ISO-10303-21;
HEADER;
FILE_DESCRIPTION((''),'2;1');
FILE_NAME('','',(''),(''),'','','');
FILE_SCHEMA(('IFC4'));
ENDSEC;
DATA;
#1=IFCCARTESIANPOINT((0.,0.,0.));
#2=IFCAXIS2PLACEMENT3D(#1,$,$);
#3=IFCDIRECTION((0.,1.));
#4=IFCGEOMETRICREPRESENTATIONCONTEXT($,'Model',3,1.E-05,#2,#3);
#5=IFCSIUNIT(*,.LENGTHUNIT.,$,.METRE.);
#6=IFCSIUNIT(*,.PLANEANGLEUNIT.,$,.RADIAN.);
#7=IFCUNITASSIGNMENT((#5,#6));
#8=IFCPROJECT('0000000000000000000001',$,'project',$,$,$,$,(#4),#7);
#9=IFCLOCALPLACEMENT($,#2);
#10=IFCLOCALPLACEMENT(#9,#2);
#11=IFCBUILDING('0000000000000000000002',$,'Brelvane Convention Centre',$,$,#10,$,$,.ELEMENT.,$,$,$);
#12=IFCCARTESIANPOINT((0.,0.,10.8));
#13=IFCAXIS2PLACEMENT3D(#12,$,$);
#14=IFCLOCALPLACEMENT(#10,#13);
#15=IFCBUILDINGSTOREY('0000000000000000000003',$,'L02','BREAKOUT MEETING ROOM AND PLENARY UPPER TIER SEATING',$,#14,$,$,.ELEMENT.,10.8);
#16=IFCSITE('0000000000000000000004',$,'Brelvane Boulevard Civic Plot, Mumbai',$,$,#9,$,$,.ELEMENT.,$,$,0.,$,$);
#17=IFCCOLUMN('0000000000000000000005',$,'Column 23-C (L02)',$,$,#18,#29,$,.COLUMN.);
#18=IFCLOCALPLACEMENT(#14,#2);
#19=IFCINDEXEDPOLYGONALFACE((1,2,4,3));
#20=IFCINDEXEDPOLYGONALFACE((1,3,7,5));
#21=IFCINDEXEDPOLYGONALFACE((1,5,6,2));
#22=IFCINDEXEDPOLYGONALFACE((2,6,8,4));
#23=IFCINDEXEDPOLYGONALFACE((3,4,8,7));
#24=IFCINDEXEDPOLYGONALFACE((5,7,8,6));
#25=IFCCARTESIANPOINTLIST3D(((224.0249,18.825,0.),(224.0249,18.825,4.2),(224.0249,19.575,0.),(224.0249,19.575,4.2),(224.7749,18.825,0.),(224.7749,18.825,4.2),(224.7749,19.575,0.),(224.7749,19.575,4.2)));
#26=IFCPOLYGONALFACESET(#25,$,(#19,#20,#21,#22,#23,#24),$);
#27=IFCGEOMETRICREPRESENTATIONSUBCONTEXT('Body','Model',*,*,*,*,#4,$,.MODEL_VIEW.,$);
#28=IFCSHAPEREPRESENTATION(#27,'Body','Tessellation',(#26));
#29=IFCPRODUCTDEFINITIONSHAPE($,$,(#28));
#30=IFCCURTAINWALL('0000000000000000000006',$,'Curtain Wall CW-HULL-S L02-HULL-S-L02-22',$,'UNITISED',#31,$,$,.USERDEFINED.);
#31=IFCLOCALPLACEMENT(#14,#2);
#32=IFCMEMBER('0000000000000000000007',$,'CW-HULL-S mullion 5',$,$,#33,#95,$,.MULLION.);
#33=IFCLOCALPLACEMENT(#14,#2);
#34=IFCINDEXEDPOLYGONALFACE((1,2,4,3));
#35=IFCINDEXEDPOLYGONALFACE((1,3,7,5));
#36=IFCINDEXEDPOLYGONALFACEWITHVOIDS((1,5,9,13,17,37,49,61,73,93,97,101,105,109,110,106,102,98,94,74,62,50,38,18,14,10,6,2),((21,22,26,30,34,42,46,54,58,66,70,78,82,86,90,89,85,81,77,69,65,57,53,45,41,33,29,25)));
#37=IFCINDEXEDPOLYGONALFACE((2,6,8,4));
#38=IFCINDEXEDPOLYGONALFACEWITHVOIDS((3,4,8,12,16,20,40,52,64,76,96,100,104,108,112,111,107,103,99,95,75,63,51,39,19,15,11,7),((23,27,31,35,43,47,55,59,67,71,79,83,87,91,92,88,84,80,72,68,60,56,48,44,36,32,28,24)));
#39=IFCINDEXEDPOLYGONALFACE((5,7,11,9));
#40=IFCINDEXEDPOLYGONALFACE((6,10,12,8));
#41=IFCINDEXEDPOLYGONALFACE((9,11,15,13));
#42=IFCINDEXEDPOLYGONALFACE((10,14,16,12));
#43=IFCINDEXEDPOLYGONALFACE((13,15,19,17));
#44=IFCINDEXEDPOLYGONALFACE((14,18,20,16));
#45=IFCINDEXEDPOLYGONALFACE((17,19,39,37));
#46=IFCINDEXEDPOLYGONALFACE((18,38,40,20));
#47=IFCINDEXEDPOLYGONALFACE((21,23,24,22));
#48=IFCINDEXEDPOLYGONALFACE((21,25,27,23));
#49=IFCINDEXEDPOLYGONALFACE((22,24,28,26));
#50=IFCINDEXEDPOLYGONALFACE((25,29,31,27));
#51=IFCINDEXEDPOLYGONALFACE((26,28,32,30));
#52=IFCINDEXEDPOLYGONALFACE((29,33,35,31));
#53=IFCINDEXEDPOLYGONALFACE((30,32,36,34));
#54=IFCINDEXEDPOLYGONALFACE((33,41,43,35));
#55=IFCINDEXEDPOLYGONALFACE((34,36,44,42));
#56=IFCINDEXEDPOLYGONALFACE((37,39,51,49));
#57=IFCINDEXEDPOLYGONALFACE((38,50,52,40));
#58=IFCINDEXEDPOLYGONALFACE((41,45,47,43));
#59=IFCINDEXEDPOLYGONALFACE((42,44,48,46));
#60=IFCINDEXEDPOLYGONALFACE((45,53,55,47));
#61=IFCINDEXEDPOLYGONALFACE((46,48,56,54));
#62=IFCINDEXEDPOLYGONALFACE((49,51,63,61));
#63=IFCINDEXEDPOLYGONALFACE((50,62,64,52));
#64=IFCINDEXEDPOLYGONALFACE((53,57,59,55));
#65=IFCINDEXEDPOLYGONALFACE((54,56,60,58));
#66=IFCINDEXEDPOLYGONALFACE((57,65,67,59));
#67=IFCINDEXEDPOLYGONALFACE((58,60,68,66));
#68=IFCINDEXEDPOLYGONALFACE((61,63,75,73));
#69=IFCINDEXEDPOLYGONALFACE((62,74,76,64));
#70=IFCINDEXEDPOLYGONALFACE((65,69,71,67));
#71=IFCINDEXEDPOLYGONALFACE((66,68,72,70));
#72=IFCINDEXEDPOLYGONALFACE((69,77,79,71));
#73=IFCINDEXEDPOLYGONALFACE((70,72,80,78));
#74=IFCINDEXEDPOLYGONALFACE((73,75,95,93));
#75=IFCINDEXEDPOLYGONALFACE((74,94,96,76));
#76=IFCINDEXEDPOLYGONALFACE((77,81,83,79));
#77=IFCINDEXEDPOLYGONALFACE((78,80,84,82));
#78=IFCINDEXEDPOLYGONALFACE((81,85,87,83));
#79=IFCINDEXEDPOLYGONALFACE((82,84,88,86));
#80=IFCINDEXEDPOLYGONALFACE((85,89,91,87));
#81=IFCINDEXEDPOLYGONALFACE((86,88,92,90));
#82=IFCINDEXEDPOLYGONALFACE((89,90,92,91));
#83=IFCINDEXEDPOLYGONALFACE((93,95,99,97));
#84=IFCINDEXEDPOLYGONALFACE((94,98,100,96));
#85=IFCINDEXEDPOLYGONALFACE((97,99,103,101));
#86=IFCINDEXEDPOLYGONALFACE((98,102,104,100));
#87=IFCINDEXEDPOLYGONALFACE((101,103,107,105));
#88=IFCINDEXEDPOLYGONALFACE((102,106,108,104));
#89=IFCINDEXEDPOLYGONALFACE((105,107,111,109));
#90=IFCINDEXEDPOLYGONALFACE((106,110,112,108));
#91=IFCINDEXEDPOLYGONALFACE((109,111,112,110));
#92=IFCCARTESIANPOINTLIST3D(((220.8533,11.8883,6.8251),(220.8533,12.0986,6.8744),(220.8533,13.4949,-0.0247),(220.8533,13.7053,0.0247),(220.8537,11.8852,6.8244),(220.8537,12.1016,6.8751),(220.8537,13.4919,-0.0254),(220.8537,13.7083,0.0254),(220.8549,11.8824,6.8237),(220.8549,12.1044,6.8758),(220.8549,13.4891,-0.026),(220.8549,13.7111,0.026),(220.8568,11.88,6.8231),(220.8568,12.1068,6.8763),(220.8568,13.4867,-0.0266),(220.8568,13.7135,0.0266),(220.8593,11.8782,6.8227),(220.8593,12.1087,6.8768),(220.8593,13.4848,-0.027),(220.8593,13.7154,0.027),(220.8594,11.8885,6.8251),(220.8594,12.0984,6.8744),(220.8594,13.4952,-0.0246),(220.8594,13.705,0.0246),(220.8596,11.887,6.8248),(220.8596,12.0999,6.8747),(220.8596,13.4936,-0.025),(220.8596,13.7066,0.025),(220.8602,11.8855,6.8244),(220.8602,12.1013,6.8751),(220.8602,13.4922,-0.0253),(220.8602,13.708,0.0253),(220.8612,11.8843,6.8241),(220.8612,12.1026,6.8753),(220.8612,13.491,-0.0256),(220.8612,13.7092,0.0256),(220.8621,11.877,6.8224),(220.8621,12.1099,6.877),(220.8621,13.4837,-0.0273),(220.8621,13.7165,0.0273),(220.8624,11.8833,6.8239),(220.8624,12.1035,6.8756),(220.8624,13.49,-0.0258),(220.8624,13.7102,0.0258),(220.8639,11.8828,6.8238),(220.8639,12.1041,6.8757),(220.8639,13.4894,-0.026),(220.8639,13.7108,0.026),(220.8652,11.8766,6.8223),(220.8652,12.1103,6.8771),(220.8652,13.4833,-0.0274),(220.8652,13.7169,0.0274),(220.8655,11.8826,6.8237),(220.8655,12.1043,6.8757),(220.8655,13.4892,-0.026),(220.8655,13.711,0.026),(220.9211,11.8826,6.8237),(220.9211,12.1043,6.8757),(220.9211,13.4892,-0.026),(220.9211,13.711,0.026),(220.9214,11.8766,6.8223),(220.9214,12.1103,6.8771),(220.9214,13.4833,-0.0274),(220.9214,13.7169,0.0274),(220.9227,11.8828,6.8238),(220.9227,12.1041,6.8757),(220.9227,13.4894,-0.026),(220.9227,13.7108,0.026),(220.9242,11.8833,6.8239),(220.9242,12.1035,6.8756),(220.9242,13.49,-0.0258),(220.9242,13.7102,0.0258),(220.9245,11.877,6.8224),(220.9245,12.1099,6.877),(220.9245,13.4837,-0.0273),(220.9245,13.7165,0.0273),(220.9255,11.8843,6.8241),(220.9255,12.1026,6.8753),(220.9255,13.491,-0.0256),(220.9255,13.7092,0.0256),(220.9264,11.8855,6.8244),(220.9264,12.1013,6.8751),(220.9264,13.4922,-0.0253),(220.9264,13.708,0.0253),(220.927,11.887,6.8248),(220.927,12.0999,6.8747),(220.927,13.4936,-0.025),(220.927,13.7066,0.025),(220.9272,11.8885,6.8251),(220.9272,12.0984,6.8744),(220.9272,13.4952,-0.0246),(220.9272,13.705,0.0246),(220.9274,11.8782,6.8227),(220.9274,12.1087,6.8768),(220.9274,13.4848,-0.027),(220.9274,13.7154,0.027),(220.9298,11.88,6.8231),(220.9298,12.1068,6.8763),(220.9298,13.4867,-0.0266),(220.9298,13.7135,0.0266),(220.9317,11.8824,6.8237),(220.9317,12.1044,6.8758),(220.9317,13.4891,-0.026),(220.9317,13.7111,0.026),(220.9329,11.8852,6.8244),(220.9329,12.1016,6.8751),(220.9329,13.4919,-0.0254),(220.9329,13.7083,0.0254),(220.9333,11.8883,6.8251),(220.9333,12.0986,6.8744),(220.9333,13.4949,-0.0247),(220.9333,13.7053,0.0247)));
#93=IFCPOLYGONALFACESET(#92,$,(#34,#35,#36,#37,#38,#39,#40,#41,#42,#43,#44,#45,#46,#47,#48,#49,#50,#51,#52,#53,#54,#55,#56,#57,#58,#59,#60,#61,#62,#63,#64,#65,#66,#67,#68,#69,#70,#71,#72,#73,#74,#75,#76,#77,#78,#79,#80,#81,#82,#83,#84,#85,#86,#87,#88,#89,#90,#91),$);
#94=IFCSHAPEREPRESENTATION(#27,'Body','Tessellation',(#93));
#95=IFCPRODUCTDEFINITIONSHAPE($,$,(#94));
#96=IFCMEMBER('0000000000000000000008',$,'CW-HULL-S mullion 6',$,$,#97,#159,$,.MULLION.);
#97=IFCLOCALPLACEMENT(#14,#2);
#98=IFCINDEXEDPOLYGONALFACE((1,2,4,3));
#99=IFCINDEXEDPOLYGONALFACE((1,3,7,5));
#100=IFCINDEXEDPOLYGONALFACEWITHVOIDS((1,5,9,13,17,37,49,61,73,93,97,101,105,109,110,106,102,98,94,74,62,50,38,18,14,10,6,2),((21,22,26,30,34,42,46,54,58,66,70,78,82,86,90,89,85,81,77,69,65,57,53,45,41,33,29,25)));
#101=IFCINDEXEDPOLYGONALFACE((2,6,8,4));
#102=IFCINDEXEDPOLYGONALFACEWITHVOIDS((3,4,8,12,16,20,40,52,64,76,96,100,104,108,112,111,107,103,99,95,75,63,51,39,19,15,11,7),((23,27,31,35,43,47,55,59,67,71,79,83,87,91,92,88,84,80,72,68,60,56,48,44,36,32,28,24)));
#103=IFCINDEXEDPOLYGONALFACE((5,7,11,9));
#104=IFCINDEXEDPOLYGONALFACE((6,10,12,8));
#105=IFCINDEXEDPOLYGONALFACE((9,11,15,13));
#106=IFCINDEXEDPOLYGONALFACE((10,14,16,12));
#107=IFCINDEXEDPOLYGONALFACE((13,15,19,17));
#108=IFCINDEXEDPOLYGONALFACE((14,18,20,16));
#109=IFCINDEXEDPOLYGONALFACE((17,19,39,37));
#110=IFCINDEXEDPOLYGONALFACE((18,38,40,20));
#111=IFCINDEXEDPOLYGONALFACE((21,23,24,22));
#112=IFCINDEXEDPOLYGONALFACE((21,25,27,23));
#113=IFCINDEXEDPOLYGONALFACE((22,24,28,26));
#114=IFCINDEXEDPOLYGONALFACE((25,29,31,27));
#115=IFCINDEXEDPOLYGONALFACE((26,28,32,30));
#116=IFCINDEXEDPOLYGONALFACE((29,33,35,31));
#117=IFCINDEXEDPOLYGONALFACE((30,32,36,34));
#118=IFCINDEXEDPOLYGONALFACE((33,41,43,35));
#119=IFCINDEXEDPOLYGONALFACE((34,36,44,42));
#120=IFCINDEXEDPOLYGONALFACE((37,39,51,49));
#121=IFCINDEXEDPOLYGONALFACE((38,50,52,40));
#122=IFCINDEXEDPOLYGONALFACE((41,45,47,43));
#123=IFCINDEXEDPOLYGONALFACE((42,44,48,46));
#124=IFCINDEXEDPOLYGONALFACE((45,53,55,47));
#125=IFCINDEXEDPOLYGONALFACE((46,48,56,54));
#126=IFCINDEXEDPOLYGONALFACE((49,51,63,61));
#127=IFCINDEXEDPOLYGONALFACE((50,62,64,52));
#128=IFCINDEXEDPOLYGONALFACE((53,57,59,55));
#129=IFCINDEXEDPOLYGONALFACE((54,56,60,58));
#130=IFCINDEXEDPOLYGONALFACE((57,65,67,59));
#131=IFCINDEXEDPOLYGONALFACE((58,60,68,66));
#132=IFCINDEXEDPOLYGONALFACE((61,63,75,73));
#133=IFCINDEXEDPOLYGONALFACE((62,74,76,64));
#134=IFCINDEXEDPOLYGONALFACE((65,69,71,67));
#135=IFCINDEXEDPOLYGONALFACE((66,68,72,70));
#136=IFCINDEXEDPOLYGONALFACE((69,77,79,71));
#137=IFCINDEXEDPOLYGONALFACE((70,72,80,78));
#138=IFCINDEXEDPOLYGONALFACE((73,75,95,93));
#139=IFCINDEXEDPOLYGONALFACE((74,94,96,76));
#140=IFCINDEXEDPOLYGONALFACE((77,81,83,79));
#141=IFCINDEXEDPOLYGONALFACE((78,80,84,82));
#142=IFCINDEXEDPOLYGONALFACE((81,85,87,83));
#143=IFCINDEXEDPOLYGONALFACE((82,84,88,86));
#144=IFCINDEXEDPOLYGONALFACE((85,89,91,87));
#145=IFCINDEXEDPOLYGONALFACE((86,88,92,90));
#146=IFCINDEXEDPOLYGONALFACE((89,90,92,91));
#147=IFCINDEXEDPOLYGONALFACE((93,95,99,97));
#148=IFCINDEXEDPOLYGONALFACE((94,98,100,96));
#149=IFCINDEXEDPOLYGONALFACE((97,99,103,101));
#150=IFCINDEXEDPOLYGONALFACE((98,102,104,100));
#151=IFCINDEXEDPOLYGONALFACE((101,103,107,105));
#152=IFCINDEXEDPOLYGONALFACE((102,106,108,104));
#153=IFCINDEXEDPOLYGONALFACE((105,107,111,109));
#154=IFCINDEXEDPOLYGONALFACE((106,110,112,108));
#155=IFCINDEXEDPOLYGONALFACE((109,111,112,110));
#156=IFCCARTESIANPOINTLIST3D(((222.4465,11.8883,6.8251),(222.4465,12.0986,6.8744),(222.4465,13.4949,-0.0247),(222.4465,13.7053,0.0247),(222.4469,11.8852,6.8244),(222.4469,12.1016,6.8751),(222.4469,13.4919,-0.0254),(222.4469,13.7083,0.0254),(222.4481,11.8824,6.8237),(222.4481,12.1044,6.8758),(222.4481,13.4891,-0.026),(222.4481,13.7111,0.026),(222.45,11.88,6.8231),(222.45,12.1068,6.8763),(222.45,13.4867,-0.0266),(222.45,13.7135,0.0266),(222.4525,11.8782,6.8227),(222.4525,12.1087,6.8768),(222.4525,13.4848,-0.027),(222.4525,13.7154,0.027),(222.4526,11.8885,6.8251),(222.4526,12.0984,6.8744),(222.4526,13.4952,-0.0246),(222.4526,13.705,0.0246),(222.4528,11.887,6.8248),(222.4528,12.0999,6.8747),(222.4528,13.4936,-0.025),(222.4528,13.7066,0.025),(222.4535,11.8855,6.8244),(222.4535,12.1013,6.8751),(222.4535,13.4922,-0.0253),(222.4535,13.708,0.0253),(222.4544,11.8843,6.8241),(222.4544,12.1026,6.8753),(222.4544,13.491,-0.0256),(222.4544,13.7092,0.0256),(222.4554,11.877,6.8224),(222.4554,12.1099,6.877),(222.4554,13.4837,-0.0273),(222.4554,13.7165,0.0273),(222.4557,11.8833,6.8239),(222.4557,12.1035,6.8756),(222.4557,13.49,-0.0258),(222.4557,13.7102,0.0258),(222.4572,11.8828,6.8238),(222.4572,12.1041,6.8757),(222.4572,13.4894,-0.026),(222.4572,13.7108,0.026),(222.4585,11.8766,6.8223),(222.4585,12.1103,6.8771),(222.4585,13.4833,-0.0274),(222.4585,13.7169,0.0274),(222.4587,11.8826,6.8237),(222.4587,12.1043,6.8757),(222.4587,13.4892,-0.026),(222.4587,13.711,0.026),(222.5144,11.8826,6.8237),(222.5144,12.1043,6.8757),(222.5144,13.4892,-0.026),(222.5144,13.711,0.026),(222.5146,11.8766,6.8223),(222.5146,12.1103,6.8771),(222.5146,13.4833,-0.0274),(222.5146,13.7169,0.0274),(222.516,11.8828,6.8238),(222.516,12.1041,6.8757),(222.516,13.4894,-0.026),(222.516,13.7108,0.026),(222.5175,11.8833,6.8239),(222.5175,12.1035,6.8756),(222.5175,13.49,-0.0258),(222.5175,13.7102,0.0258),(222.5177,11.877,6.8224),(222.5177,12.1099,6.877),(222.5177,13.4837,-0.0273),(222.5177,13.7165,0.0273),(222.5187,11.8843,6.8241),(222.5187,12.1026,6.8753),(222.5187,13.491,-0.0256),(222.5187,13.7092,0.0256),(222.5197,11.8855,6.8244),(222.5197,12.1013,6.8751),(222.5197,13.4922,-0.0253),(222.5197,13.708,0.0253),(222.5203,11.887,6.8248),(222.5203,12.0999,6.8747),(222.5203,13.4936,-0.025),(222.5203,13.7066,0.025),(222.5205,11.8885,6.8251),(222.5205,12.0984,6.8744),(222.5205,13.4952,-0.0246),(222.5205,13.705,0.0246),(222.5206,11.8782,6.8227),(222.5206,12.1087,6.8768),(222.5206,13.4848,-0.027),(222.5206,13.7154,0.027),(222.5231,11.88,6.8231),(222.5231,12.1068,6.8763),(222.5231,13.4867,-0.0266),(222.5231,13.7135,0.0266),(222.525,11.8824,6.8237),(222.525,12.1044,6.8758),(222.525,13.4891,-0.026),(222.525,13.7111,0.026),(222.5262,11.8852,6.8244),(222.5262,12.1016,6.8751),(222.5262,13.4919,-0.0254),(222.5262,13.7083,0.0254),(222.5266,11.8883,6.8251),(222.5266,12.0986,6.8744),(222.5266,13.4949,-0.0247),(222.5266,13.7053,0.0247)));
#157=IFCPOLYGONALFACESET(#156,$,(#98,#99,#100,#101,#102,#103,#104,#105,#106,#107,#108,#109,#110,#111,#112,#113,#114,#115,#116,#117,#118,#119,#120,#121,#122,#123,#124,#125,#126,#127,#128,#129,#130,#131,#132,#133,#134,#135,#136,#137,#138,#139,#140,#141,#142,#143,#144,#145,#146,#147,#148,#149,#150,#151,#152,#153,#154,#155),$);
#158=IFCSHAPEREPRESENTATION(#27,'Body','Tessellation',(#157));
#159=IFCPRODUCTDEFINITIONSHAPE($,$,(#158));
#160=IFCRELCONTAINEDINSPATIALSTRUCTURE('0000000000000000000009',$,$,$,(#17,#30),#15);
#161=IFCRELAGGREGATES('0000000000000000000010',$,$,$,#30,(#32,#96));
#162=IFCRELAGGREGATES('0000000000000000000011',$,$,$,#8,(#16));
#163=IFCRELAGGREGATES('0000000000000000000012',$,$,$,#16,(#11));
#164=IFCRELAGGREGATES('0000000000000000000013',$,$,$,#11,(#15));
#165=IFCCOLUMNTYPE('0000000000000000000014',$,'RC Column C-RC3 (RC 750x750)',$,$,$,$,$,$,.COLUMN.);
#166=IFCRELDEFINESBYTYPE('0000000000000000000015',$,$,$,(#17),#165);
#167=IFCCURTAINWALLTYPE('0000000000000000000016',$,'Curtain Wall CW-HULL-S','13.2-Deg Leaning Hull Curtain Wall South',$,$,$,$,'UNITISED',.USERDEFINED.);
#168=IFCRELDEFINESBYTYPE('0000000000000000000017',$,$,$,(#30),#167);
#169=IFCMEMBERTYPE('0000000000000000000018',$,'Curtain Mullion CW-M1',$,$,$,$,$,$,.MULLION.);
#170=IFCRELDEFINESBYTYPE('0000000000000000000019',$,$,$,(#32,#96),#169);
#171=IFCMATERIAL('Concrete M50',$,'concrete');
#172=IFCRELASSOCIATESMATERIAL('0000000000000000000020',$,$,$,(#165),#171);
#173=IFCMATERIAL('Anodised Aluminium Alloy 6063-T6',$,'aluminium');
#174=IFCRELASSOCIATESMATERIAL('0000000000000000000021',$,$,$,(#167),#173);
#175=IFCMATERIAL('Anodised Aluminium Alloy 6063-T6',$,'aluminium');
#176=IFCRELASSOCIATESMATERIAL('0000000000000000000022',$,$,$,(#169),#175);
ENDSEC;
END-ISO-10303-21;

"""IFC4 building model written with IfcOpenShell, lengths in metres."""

from ifc_helpers import new_model, si_unit, direction, frame, origin, origin_2d, place, context, subcontext, project, spatial, rectangle, hollow_rectangle, extrude, material, material_profile, profile_set, type_object, element, aggregate, save


model = new_model("IFC4")

# Units and contexts
model_context = context("Model", 3, precision=1e-05, world=origin(), true_north=direction((0.0, 1.0)))
body_context = subcontext(model_context, "Body", "Model", "MODEL_VIEW")
ifc_project = project(units=[si_unit("LENGTHUNIT", "METRE"), si_unit("PLANEANGLEUNIT", "RADIAN")], contexts=[model_context])

# Site, building, storey
site_placement = place(None, origin())
site = spatial("IfcSite", under=ifc_project, at=site_placement, Name="Brelvane Boulevard Civic Plot, Mumbai", CompositionType="ELEMENT", RefElevation=0.0)
building_placement = place(site_placement, origin())
building = spatial("IfcBuilding", under=site, at=building_placement, Name="Brelvane Convention Centre", CompositionType="ELEMENT")
storey_placement = place(building_placement, frame((0.0, 0.0, 10.8)))
storey = spatial("IfcBuildingStorey", under=building, at=storey_placement, Name="L02", Description="BREAKOUT MEETING ROOM AND PLENARY UPPER TIER SEATING", CompositionType="ELEMENT", Elevation=10.8)

# Column
ifc_material_1 = material(Name="Concrete M50", Category="concrete")
ifc_material_profile_1 = material_profile(ifc_material_1, rectangle(XDim=0.75, YDim=0.75, at=origin_2d()), Name="RC 750x750")
ifc_profile_set_1 = profile_set([ifc_material_profile_1], Name="Concrete M50")
column_type = type_object("IfcColumnType", Name="RC Column C-RC3 (RC 750x750)", PredefinedType="COLUMN", material=ifc_profile_set_1)
column_placement = place(storey_placement, frame((224.3999, 19.2, 0.0), z_axis=(0.0, 0.0, 1.0), x_axis=(1.0, 0.0, 0.0)))
element("IfcColumn", 1, at=column_placement, inside=storey, type_object=column_type, Name="Column 23-C (L02)", PredefinedType="COLUMN", context=body_context, shape_type="SweptSolid", body=[
    extrude(rectangle(XDim=0.75, YDim=0.75, at=origin_2d()), origin(), (0.0, 0.0, 1.0), 4.2),
])

# Curtain wall, members
ifc_material_2 = material(Name="Anodised Aluminium Alloy 6063-T6", Category="aluminium")
curtain_wall_type_1 = type_object("IfcCurtainWallType", Name="Curtain Wall CW-HULL-S", Description="13.2-Deg Leaning Hull Curtain Wall South", ElementType="UNITISED", PredefinedType="USERDEFINED", material=ifc_material_2)
curtain_wall_1_placement = place(storey_placement, origin())
curtain_wall_1 = element("IfcCurtainWall", 2, at=curtain_wall_1_placement, inside=storey, type_object=curtain_wall_type_1, Name="Curtain Wall CW-HULL-S L02-HULL-S-L02-22", ObjectType="UNITISED", PredefinedType="USERDEFINED")
ifc_material_3 = material(Name="Anodised Aluminium Alloy 6063-T6", Category="aluminium")
ifc_material_profile_2 = material_profile(ifc_material_3, hollow_rectangle(XDim=0.0801, YDim=0.24, WallThickness=0.0061, InnerFilletRadius=0.0061, OuterFilletRadius=0.012, at=origin_2d()), Name="ALU-M 240x80x6.0")
ifc_profile_set_2 = profile_set([ifc_material_profile_2], Name="Anodised Aluminium Alloy 6063-T6")
member_type_1 = type_object("IfcMemberType", Name="Curtain Mullion CW-M1", PredefinedType="MULLION", material=ifc_profile_set_2)
member_1_placement = place(storey_placement, frame((220.8933, 13.6001, 0.0), z_axis=(0.0, -0.22836, 0.973577), x_axis=(1.0, 0.0, 0.0)))
member_1 = element("IfcMember", 3, at=member_1_placement, type_object=member_type_1, Name="CW-HULL-S mullion 5", PredefinedType="MULLION", context=body_context, shape_type="SweptSolid", body=[
    extrude(hollow_rectangle(XDim=0.0801, YDim=0.24, WallThickness=0.0061, InnerFilletRadius=0.0061, OuterFilletRadius=0.012, at=origin_2d()), origin(), (0.0, 0.0, 1.0), 7.0356),
])
member_2_placement = place(storey_placement, frame((222.4866, 13.6001, 0.0), z_axis=(0.0, -0.22836, 0.973577), x_axis=(1.0, 0.0, 0.0)))
member_2 = element("IfcMember", 4, at=member_2_placement, type_object=member_type_1, Name="CW-HULL-S mullion 6", PredefinedType="MULLION", context=body_context, shape_type="SweptSolid", body=[
    extrude(hollow_rectangle(XDim=0.0801, YDim=0.24, WallThickness=0.0061, InnerFilletRadius=0.0061, OuterFilletRadius=0.012, at=origin_2d()), origin(), (0.0, 0.0, 1.0), 7.0356),
])

aggregate(curtain_wall_1, [member_1, member_2])

save(model, "model.ifc")
